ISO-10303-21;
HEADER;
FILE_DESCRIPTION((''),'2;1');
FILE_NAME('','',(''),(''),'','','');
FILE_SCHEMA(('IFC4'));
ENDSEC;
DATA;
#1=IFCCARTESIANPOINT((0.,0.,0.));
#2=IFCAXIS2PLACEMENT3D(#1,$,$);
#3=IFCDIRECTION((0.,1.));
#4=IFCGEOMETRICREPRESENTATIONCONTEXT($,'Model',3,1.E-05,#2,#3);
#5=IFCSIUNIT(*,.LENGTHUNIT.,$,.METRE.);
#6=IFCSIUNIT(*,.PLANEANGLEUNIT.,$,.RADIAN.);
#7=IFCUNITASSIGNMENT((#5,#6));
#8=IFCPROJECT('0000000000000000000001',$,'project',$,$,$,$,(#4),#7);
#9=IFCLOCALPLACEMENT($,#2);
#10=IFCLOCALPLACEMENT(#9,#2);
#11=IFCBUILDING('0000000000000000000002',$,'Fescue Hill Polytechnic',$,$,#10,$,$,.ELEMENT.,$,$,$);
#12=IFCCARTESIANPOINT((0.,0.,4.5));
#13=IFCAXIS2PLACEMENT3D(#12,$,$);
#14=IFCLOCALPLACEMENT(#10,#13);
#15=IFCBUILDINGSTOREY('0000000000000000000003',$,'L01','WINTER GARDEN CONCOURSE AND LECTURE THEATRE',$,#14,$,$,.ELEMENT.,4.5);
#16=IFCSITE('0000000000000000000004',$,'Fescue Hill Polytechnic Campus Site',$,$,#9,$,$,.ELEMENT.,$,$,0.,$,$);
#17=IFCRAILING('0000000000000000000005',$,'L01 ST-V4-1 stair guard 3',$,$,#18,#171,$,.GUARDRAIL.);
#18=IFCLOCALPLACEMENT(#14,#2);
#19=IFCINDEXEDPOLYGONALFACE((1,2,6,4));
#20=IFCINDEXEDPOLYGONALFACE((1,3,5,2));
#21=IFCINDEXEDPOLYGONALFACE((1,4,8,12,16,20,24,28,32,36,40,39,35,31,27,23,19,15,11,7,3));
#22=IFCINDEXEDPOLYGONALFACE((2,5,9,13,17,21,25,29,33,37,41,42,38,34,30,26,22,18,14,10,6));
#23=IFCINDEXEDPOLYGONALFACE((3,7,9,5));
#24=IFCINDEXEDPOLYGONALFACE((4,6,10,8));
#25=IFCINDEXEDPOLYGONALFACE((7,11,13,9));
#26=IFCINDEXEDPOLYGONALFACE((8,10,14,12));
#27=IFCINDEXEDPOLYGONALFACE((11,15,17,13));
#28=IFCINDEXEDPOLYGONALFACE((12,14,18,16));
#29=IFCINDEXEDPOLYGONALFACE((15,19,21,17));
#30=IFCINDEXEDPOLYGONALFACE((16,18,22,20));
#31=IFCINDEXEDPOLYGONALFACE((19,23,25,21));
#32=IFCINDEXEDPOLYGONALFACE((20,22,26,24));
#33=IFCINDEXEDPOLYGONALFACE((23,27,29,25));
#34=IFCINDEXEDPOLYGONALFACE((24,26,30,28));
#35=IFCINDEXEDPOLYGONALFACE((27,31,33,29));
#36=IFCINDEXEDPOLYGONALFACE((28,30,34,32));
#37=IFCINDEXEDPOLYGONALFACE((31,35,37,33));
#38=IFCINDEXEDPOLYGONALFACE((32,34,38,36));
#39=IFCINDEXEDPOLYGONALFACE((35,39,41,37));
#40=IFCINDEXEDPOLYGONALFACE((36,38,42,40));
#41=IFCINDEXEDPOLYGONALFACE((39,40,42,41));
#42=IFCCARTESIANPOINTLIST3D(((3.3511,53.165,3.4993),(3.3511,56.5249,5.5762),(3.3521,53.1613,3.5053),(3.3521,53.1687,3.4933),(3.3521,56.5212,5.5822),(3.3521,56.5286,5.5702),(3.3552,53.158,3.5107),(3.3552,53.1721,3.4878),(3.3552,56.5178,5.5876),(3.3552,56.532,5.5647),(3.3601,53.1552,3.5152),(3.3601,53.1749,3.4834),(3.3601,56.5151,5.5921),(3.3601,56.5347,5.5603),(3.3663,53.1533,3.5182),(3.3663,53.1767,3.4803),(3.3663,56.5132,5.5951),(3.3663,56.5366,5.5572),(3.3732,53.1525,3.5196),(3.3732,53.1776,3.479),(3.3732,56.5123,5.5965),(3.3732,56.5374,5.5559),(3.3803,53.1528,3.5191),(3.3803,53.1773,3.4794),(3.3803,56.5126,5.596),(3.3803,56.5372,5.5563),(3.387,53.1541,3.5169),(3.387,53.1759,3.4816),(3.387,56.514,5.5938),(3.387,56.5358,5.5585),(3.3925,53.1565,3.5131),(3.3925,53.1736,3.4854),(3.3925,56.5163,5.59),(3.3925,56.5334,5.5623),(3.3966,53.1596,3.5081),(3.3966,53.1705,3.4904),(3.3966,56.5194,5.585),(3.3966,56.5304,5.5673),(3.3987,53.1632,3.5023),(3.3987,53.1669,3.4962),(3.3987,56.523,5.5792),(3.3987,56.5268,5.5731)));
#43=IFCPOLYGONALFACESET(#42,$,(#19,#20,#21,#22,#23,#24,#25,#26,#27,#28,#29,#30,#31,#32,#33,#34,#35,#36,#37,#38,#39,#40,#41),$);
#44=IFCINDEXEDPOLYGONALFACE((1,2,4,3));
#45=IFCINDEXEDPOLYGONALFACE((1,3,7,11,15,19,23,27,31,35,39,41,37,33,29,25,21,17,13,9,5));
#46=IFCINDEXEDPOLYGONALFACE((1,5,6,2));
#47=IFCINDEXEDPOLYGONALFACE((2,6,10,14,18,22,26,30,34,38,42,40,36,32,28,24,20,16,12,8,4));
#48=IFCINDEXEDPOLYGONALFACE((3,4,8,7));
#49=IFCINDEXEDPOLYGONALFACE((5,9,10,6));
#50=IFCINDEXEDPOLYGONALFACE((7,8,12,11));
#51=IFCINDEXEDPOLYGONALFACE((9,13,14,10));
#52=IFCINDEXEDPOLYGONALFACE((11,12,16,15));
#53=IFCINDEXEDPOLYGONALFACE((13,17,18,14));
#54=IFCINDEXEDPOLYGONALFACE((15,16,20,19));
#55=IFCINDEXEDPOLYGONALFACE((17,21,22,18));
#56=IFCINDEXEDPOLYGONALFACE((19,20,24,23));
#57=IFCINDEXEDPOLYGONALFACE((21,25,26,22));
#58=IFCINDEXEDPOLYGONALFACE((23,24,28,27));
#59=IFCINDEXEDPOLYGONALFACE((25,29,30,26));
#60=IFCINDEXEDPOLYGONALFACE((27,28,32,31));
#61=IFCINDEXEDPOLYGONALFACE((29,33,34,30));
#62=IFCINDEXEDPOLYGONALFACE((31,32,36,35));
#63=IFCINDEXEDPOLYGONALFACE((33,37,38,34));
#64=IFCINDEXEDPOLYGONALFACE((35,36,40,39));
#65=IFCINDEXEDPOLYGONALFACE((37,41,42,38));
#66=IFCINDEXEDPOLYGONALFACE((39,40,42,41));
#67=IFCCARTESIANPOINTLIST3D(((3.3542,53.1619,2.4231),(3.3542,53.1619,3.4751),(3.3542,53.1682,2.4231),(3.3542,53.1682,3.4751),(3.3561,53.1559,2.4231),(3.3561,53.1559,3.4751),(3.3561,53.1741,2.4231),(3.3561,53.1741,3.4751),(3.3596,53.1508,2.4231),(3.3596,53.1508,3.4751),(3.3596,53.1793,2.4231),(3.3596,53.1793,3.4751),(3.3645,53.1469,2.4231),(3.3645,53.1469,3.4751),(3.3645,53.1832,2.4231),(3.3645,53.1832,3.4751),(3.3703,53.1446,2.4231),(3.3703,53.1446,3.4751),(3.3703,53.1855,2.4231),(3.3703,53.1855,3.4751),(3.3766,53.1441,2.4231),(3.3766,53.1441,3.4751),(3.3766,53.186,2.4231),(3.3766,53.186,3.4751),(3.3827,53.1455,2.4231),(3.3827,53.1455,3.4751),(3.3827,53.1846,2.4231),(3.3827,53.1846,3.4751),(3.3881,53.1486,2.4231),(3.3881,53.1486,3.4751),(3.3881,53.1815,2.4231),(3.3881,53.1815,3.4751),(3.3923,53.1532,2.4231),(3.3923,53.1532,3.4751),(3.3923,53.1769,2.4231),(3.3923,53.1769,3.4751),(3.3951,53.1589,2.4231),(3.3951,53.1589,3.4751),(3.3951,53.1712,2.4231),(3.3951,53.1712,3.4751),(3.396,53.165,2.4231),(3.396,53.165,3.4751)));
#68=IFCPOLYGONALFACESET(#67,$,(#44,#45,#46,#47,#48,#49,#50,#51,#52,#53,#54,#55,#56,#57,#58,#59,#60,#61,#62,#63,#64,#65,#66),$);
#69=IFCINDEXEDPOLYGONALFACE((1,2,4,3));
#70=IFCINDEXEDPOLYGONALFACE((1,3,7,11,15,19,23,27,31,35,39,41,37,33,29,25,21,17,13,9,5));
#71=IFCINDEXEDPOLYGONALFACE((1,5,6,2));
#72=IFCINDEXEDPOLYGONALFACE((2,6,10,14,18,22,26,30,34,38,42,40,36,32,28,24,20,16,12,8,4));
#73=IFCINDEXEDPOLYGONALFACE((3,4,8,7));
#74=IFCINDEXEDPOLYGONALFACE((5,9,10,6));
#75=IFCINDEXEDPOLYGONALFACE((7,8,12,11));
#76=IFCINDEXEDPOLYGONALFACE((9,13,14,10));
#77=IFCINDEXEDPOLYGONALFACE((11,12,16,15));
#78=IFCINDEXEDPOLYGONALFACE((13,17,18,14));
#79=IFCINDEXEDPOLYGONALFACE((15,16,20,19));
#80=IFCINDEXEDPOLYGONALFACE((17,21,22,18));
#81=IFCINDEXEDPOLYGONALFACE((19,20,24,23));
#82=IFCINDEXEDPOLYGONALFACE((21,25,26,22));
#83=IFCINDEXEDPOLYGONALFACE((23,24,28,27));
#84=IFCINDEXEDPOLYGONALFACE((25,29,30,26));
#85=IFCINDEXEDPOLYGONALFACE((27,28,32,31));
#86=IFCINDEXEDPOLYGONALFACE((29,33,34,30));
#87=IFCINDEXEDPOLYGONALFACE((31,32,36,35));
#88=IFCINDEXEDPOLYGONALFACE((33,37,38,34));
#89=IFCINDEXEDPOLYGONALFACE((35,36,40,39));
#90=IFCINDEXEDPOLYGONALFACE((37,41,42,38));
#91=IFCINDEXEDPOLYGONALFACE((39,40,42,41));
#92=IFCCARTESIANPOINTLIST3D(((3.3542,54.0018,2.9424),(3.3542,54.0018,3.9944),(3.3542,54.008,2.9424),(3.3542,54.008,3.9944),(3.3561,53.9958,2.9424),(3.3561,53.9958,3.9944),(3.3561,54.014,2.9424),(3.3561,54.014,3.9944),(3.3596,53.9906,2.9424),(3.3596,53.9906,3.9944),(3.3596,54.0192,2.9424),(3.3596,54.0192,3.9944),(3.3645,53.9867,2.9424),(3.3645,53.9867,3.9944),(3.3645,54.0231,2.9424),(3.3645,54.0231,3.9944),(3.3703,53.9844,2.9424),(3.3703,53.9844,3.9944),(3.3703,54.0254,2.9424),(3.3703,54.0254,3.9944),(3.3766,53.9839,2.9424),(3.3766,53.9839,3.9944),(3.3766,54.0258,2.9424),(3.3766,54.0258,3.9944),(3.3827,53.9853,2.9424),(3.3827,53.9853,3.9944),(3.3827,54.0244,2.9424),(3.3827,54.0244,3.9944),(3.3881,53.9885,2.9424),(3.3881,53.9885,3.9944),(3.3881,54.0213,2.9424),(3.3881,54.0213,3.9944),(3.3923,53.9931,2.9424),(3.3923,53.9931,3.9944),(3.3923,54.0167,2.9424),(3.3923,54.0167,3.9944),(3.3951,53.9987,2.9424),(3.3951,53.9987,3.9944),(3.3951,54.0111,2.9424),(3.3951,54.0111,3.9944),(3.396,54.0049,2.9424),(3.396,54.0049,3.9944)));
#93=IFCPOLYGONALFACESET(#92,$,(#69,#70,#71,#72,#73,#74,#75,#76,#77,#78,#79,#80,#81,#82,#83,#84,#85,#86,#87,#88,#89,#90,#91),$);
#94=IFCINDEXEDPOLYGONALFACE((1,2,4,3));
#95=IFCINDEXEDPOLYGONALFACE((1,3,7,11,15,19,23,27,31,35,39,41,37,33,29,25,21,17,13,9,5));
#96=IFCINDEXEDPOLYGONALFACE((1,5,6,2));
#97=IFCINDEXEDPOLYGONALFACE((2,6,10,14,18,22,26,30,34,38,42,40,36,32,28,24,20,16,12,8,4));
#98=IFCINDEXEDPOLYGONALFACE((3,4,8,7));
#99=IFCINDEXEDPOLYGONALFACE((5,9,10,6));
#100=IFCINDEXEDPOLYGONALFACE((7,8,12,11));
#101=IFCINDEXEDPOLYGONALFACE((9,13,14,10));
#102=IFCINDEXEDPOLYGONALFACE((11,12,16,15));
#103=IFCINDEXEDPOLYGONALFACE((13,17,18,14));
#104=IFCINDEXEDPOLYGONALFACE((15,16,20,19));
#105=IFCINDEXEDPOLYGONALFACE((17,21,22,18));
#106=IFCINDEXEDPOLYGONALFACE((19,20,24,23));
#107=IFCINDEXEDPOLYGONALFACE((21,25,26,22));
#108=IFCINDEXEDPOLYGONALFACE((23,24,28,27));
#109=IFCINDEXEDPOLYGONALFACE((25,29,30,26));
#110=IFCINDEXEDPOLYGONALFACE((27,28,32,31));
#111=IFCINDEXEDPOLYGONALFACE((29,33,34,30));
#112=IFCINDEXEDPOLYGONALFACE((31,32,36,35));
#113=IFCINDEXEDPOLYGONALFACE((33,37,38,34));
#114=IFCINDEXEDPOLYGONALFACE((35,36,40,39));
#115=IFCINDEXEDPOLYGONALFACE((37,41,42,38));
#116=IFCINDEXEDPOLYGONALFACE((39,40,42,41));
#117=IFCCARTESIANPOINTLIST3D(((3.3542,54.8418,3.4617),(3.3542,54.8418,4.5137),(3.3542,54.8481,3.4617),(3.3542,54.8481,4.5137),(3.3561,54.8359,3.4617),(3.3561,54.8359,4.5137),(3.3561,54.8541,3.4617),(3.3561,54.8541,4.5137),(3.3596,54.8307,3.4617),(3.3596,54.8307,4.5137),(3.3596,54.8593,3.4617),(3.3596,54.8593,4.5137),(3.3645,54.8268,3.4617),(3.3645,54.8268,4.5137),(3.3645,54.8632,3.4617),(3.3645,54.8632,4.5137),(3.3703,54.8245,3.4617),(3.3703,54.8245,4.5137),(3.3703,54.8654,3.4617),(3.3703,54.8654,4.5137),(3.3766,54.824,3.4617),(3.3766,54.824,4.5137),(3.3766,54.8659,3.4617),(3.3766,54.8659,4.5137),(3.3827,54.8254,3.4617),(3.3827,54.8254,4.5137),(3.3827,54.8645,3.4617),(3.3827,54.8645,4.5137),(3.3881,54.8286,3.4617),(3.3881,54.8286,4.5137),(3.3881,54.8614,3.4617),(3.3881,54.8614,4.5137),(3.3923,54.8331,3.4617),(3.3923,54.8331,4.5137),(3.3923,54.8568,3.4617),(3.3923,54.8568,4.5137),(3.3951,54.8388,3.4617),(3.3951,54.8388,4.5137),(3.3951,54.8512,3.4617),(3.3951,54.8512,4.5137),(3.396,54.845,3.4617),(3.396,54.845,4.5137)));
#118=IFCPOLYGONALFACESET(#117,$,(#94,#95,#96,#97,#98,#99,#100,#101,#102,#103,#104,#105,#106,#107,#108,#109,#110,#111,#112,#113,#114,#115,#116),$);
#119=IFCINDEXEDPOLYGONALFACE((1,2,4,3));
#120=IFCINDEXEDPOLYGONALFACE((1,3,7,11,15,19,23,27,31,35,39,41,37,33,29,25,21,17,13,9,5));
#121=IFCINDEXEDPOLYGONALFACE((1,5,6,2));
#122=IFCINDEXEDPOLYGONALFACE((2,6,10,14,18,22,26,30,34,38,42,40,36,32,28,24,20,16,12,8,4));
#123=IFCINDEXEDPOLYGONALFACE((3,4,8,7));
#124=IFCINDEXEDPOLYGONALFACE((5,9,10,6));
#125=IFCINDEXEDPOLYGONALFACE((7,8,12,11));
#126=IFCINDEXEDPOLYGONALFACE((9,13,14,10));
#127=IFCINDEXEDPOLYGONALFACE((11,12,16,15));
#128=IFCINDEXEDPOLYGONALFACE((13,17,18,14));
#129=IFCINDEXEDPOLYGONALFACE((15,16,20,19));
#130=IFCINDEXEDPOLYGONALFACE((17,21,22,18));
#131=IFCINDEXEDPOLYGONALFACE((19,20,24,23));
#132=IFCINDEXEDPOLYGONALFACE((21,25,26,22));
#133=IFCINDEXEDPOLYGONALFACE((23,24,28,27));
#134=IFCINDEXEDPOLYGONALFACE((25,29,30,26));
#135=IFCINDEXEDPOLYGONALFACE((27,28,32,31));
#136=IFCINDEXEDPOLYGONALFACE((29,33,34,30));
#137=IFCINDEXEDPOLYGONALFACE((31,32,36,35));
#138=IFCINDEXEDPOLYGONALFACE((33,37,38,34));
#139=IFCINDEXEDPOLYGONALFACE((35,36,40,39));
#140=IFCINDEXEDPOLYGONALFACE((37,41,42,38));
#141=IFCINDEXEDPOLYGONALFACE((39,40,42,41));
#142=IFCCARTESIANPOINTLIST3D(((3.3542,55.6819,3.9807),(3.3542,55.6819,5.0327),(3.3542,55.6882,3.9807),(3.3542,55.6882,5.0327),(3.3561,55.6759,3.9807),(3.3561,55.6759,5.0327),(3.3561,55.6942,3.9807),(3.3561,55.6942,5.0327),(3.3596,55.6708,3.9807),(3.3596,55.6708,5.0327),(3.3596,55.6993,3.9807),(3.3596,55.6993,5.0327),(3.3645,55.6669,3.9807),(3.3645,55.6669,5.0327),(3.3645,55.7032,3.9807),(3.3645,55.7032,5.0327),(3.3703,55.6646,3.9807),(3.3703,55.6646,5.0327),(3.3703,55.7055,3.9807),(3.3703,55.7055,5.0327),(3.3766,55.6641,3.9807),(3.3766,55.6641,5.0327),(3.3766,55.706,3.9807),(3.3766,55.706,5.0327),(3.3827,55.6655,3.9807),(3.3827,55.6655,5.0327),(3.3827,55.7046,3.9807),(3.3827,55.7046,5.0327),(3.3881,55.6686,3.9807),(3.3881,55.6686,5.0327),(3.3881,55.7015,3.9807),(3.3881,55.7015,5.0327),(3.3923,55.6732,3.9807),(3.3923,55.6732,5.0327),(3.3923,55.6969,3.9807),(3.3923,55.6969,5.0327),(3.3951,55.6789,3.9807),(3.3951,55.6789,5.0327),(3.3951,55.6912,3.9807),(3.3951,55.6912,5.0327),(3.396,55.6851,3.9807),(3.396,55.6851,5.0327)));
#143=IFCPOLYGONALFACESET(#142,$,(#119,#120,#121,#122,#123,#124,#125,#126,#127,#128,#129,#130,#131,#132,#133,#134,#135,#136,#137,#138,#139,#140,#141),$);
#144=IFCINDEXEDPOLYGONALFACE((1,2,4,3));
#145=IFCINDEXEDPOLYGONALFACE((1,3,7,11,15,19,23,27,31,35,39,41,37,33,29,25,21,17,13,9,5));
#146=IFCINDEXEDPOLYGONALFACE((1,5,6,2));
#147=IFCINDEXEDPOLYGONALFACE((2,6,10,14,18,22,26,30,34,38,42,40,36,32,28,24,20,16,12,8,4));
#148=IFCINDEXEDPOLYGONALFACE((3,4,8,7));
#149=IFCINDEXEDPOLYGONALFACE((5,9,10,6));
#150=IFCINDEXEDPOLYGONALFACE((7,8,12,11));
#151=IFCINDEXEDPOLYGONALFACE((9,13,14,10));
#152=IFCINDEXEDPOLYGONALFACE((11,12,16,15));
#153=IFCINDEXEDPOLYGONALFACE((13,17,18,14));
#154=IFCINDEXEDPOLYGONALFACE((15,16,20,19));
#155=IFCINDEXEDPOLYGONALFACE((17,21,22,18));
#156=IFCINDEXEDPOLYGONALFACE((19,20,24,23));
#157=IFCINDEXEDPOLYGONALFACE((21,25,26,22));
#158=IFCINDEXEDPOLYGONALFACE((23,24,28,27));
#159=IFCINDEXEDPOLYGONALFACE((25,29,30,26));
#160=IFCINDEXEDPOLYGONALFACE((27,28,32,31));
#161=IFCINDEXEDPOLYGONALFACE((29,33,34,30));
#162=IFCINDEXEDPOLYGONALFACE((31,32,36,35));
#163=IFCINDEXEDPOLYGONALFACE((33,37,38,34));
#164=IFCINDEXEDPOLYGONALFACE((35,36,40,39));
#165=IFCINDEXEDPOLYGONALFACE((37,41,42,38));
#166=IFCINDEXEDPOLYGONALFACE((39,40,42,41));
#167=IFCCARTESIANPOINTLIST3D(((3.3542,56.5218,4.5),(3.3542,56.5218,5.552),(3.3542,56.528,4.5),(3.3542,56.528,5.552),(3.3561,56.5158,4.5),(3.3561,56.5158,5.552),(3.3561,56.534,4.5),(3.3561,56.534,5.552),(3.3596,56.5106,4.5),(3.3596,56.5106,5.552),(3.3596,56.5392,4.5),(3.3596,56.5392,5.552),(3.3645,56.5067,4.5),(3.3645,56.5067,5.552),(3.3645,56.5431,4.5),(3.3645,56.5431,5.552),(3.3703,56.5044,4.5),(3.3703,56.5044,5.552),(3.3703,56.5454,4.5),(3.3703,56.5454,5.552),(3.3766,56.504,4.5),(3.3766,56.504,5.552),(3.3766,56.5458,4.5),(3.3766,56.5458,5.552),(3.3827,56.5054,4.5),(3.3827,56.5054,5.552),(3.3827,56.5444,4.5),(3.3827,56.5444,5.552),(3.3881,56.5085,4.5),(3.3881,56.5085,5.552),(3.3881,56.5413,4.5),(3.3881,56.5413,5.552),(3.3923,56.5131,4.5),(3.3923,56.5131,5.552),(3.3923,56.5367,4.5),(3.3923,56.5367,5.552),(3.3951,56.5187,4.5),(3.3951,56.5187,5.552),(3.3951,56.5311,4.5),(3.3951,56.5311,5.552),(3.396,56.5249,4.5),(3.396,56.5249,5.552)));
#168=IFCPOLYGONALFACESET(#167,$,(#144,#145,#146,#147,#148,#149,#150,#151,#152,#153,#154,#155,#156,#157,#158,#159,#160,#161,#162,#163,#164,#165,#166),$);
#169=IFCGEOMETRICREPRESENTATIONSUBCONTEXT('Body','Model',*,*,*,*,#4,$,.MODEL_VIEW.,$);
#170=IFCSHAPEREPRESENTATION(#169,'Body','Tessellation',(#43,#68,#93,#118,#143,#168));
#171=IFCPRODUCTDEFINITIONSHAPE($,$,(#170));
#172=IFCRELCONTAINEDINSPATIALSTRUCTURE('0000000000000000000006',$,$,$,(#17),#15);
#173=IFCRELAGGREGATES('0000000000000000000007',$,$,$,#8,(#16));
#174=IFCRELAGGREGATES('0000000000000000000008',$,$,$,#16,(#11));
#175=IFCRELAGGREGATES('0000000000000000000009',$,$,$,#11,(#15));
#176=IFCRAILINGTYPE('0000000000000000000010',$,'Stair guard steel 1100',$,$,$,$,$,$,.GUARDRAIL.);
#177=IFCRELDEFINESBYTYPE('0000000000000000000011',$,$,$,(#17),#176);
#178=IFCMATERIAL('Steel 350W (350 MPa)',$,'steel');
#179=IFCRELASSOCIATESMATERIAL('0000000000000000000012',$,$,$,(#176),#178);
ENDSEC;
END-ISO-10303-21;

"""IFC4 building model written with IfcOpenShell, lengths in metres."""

from ifc_helpers import new_model, si_unit, direction, frame, origin, origin_2d, place, context, subcontext, project, spatial, circle, extrude, material, type_object, element, save


model = new_model("IFC4")

# Units and contexts
model_context = context("Model", 3, precision=1e-05, world=origin(), true_north=direction((0.0, 1.0)))
body_context = subcontext(model_context, "Body", "Model", "MODEL_VIEW")
ifc_project = project(units=[si_unit("LENGTHUNIT", "METRE"), si_unit("PLANEANGLEUNIT", "RADIAN")], contexts=[model_context])

# Site, building, storey
site_placement = place(None, origin())
site = spatial("IfcSite", under=ifc_project, at=site_placement, Name="Fescue Hill Polytechnic Campus Site", CompositionType="ELEMENT", RefElevation=0.0)
building_placement = place(site_placement, origin())
building = spatial("IfcBuilding", under=site, at=building_placement, Name="Fescue Hill Polytechnic", CompositionType="ELEMENT")
storey_placement = place(building_placement, frame((0.0, 0.0, 4.5)))
storey = spatial("IfcBuildingStorey", under=building, at=storey_placement, Name="L01", Description="WINTER GARDEN CONCOURSE AND LECTURE THEATRE", CompositionType="ELEMENT", Elevation=4.5)

# Railing
ifc_material_1 = material(Name="Steel 350W (350 MPa)", Category="steel")
railing_type_1 = type_object("IfcRailingType", Name="Stair guard steel 1100", PredefinedType="GUARDRAIL", material=ifc_material_1)
railing_1_placement = place(storey_placement, frame((3.375, 53.165, 2.4231)))
element("IfcRailing", 1, at=railing_1_placement, inside=storey, type_object=railing_type_1, Name="L01 ST-V4-1 stair guard 3", PredefinedType="GUARDRAIL", context=body_context, shape_type="SweptSolid", body=[
    extrude(circle(Radius=0.0239, at=origin_2d()), frame((0.0, 0.0, 1.0762), z_axis=(0.0, 0.850606, 0.525803), x_axis=(-1.0, 0.0, 0.0)), (0.0, 0.0, 1.0), 3.95),
    extrude(circle(Radius=0.021, at=origin_2d()), origin(), (0.0, 0.0, 1.0), 1.052),
    extrude(circle(Radius=0.021, at=origin_2d()), frame((0.0, 0.8398, 0.5193)), (0.0, 0.0, 1.0), 1.052),
    extrude(circle(Radius=0.021, at=origin_2d()), frame((0.0, 1.6799, 1.0386)), (0.0, 0.0, 1.0), 1.052),
    extrude(circle(Radius=0.021, at=origin_2d()), frame((0.0, 2.52, 1.5576)), (0.0, 0.0, 1.0), 1.052),
    extrude(circle(Radius=0.021, at=origin_2d()), frame((0.0, 3.3599, 2.0769)), (0.0, 0.0, 1.0), 1.052),
])

save(model, "model.ifc")
